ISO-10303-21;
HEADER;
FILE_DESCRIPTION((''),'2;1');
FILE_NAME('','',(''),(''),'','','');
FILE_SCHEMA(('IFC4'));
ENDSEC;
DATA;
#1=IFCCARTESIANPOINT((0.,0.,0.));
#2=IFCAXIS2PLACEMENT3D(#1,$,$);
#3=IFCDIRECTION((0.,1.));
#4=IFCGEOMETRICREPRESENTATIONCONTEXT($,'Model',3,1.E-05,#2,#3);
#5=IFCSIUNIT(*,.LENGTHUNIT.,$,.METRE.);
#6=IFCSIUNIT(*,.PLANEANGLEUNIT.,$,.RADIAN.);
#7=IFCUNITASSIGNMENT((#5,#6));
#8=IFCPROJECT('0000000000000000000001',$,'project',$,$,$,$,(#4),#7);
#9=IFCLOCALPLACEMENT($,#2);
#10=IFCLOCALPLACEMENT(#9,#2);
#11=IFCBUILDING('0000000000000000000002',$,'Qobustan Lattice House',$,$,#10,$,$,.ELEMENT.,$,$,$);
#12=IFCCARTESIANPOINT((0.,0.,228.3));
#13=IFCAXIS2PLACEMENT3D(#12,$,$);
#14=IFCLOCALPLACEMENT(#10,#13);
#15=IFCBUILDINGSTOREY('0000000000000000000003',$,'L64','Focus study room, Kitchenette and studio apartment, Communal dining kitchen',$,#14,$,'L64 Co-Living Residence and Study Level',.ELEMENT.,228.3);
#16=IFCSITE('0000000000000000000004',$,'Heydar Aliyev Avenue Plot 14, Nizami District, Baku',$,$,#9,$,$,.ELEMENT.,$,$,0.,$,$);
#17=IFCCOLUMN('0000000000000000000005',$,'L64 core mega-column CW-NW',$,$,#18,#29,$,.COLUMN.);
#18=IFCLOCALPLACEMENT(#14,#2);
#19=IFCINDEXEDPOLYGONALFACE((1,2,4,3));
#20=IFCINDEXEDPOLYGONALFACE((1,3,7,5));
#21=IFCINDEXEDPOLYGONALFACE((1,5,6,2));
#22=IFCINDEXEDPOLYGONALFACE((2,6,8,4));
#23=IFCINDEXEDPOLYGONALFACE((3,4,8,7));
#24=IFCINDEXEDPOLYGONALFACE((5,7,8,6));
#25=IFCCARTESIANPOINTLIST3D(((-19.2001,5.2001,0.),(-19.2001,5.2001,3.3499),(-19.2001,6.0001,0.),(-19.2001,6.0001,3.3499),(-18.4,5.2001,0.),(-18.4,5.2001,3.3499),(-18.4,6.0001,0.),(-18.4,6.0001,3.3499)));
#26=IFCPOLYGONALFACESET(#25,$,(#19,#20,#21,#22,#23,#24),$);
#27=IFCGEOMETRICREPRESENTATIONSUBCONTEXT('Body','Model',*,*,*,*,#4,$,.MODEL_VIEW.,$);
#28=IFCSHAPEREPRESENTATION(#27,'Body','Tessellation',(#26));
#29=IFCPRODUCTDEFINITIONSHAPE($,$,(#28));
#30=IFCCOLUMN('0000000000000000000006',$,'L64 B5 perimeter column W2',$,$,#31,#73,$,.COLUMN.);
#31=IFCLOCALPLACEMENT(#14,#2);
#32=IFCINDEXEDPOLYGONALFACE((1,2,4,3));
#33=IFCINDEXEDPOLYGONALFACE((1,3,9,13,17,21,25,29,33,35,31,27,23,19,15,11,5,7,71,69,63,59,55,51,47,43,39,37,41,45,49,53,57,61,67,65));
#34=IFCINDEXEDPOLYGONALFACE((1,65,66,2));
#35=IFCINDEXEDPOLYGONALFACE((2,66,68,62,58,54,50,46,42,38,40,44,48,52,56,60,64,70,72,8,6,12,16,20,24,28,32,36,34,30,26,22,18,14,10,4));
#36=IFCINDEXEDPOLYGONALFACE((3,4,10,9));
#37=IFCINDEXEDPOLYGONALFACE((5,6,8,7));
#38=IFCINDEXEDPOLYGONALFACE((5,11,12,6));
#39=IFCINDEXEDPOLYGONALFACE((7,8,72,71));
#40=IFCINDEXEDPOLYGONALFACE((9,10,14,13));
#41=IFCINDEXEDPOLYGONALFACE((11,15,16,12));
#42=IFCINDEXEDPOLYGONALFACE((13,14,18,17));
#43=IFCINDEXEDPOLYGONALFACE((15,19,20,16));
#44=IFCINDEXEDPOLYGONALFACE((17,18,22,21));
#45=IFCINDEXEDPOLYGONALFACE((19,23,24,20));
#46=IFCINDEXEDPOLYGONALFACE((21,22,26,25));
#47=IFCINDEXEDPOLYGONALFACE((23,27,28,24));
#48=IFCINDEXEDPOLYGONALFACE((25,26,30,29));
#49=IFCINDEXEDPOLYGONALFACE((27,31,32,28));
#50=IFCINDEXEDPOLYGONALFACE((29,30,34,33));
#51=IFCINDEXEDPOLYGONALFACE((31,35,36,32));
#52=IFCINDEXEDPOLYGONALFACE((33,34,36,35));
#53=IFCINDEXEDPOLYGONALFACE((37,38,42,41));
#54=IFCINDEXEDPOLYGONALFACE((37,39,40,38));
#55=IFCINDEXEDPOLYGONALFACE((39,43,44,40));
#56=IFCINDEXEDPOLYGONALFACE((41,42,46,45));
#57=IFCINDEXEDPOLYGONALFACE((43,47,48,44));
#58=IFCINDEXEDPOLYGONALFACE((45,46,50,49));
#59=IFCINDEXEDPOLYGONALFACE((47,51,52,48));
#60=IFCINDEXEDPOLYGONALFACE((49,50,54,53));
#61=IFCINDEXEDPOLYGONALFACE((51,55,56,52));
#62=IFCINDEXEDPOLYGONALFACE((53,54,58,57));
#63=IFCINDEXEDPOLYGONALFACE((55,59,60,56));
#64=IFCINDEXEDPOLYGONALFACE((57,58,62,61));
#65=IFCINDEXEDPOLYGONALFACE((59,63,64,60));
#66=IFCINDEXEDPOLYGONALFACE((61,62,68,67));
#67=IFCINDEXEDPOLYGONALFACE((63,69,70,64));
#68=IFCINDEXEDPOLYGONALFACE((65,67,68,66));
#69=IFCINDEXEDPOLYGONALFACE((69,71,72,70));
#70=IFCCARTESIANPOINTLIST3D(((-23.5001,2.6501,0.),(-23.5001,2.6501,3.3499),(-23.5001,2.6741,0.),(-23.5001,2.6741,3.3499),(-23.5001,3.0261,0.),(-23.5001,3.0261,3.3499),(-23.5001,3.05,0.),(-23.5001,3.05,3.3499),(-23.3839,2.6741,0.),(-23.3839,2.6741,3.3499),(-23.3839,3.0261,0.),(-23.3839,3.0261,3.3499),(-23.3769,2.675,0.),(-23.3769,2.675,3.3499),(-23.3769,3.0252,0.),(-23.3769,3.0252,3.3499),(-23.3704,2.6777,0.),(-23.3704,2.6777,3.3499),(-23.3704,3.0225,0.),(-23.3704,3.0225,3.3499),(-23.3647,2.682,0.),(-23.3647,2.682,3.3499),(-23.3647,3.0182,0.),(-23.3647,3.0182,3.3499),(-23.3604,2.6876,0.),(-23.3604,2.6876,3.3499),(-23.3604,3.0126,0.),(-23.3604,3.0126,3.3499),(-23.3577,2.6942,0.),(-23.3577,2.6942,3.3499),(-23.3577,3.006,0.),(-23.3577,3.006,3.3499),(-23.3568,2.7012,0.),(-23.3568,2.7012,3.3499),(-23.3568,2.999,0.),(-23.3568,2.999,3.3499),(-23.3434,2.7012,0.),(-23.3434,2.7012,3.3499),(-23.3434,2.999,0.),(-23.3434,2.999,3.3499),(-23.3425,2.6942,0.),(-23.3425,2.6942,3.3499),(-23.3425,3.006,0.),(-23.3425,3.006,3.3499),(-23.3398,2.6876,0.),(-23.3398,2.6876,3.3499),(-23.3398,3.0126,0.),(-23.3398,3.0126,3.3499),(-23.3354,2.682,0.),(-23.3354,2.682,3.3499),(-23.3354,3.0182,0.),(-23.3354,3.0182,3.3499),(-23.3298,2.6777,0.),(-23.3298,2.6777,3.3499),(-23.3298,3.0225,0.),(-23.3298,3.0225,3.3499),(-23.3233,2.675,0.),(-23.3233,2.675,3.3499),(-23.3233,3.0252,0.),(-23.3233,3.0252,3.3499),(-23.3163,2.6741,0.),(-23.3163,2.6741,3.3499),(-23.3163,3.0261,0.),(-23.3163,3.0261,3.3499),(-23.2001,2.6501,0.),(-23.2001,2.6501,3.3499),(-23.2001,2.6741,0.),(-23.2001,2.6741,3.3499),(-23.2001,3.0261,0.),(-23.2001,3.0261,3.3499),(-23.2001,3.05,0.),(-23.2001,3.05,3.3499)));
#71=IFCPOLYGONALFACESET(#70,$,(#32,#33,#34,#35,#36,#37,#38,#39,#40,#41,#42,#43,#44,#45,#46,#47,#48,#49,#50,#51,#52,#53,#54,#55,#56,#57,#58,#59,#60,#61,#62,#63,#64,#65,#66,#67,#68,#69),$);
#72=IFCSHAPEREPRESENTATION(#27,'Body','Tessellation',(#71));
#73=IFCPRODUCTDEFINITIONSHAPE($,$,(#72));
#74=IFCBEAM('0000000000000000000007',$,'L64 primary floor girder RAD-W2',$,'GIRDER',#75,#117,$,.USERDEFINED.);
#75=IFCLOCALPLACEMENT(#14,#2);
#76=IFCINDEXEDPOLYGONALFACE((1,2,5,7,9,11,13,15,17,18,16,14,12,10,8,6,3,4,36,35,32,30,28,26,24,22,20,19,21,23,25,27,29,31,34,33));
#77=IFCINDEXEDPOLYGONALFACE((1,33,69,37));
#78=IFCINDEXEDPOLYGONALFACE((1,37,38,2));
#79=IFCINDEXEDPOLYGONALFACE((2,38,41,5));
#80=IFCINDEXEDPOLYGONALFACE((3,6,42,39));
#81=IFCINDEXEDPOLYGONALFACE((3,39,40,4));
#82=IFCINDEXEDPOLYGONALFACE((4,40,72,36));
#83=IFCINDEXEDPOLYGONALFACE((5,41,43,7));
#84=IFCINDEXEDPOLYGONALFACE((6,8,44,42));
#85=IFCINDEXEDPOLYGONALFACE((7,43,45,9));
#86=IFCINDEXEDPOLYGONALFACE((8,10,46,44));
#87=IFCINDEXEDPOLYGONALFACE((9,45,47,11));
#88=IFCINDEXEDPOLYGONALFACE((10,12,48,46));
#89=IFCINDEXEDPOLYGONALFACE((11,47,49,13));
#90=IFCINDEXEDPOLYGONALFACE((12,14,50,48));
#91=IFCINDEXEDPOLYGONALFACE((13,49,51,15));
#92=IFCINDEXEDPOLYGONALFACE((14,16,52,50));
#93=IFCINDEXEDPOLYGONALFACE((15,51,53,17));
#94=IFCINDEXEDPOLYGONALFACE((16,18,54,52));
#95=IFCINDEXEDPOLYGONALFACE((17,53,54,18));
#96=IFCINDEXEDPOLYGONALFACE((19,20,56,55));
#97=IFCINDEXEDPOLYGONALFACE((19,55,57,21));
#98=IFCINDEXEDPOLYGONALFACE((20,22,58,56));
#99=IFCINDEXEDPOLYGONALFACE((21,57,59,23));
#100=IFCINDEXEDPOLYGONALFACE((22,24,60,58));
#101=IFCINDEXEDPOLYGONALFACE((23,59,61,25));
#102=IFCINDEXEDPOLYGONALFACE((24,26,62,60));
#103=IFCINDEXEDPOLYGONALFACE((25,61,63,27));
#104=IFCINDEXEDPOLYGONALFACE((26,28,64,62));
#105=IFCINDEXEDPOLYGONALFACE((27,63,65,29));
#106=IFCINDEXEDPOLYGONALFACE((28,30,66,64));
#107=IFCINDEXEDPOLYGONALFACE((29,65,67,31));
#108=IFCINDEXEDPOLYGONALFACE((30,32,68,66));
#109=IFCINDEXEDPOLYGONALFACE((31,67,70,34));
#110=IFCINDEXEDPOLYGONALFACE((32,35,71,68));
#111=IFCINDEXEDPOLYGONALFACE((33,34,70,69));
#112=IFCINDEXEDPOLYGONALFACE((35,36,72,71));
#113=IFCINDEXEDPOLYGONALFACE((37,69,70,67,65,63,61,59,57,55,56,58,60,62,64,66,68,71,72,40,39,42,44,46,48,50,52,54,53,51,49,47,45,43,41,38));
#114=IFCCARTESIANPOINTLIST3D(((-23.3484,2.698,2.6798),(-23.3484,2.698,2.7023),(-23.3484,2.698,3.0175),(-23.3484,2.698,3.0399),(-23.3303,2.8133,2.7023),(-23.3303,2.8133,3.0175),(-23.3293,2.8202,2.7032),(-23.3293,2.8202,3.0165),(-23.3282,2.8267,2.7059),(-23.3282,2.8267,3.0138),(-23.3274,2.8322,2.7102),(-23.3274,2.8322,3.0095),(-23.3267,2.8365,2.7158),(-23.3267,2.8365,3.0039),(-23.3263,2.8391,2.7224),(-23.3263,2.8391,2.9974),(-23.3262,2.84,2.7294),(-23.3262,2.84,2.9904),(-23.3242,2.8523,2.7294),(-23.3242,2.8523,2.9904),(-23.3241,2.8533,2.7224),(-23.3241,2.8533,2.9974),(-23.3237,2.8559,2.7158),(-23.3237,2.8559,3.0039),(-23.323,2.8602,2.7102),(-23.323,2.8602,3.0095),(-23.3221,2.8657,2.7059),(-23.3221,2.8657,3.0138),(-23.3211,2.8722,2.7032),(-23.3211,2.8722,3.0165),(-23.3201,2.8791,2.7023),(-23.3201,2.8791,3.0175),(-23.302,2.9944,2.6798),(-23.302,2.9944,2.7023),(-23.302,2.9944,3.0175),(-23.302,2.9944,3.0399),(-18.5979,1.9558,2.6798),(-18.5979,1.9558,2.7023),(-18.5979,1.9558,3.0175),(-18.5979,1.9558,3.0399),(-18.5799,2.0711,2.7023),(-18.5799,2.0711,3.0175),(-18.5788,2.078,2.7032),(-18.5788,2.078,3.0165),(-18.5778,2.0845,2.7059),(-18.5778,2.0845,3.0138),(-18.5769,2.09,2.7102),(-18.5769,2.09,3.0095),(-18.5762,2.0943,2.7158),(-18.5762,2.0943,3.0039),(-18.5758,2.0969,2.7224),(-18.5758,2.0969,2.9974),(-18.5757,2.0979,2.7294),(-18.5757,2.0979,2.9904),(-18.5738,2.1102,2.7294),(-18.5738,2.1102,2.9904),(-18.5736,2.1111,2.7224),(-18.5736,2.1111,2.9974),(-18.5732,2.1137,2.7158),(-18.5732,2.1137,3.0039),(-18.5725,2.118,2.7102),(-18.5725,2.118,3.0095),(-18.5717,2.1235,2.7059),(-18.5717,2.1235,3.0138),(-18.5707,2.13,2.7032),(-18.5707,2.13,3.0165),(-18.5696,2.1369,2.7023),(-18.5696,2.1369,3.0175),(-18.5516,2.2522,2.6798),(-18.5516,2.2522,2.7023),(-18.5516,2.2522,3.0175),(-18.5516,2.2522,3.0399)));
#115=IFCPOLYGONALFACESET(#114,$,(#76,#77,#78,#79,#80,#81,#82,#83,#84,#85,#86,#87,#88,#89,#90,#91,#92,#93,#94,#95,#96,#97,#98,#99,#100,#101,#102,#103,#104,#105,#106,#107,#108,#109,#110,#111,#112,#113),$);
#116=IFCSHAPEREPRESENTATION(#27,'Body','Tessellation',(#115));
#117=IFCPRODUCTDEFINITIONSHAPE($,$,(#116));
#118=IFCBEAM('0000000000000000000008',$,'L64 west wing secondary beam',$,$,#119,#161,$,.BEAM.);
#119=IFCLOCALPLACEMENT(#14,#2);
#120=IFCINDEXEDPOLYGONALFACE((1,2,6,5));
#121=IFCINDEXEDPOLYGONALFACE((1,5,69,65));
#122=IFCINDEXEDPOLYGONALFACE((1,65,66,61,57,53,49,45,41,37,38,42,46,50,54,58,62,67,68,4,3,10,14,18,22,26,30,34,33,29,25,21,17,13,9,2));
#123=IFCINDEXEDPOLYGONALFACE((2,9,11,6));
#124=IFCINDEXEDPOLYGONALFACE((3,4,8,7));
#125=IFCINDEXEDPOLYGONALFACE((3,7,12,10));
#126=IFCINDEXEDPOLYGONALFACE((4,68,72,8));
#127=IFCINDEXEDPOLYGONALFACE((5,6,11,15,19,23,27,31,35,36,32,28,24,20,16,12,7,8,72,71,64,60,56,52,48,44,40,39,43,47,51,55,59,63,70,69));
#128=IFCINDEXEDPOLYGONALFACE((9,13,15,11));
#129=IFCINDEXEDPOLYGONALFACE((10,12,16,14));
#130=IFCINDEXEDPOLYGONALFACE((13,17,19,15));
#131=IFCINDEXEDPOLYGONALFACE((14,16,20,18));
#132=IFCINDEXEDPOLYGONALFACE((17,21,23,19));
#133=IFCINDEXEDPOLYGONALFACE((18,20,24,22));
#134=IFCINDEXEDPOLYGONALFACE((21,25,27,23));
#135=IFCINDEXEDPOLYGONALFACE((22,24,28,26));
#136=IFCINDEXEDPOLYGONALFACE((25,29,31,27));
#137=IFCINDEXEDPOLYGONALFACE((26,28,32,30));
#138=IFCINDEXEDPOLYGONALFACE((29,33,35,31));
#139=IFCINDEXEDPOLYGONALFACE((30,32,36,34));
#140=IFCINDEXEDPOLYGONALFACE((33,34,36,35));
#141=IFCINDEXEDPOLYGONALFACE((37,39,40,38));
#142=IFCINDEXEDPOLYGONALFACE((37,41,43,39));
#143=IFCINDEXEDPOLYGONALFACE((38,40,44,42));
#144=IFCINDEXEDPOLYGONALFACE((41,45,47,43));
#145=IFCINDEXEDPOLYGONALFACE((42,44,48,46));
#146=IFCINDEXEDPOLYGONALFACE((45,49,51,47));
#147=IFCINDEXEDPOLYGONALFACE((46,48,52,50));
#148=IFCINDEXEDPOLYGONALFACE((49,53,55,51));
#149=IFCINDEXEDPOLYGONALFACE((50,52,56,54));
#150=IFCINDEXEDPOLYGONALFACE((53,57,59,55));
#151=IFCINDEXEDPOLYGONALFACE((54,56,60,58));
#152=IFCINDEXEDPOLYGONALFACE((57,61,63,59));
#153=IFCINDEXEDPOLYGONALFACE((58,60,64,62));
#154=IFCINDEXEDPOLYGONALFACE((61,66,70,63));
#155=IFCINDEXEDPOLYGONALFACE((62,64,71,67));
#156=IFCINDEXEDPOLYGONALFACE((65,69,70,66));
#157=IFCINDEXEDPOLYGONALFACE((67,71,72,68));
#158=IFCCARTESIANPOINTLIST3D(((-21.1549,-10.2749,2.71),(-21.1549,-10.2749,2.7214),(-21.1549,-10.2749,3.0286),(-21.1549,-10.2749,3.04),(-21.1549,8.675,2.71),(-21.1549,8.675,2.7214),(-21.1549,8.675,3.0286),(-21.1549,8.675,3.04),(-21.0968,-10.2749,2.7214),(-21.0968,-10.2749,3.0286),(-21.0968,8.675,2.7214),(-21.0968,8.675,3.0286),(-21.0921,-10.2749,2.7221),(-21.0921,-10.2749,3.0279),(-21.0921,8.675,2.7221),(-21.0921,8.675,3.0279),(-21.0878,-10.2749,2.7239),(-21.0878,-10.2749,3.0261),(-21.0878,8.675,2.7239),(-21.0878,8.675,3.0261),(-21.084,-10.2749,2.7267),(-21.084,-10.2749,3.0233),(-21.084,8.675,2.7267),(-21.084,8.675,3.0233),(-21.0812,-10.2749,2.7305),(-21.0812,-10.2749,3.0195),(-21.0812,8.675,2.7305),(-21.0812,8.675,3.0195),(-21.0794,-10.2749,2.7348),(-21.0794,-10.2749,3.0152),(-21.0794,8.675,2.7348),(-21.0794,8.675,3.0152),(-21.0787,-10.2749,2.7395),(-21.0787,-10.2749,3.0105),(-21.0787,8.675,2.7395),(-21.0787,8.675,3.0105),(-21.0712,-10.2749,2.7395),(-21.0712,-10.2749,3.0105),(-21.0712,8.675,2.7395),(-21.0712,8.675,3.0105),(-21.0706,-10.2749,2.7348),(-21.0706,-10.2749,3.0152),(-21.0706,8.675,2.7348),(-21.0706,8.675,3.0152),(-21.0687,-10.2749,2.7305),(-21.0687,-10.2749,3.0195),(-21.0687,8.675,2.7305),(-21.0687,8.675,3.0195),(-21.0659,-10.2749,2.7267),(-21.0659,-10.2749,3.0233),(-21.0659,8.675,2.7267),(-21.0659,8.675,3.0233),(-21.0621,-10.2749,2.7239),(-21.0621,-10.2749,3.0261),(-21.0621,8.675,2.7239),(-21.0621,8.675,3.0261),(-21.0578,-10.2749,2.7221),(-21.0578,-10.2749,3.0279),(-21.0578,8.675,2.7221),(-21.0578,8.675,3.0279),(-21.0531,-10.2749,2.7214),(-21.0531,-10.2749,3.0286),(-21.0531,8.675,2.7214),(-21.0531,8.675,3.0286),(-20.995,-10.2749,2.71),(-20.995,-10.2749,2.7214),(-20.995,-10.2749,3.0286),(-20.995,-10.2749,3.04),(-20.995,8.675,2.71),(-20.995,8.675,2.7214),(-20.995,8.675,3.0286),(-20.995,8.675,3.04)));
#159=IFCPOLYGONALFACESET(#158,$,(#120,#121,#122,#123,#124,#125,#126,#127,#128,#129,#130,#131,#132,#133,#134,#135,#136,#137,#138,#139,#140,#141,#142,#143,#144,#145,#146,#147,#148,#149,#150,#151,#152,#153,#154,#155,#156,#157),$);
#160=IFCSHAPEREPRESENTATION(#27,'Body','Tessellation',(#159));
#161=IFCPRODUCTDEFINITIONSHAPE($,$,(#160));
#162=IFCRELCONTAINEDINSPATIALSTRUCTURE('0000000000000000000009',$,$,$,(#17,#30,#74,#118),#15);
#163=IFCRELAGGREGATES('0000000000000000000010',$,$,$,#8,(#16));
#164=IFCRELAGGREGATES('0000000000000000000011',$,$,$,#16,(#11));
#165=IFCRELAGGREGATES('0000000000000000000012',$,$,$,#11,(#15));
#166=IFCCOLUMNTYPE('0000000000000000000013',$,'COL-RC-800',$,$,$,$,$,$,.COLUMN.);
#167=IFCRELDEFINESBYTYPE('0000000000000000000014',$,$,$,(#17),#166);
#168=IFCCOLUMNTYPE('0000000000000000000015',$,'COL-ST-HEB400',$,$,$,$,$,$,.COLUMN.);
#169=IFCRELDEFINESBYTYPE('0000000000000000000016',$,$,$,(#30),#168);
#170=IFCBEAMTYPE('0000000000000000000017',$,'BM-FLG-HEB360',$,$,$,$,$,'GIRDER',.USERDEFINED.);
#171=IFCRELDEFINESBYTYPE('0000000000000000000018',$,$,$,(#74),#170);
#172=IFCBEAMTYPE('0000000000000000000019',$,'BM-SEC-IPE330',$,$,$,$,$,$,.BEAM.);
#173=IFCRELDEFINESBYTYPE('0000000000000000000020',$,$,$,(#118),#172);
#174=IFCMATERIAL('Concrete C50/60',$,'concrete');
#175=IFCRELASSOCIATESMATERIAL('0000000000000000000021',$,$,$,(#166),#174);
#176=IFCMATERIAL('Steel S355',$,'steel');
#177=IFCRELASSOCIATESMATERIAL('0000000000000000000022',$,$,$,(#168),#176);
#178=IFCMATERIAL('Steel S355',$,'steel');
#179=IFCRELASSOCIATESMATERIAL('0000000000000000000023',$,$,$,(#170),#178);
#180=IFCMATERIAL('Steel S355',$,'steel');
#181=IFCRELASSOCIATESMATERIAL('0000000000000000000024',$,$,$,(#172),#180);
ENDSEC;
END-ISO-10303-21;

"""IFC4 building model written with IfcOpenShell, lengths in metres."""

from ifc_helpers import new_model, si_unit, direction, frame, origin, origin_2d, place, context, subcontext, project, spatial, rectangle, i_section, extrude, material, material_profile, profile_set, type_object, element, save


model = new_model("IFC4")

# Units and contexts
model_context = context("Model", 3, precision=1e-05, world=origin(), true_north=direction((0.0, 1.0)))
body_context = subcontext(model_context, "Body", "Model", "MODEL_VIEW")
ifc_project = project(units=[si_unit("LENGTHUNIT", "METRE"), si_unit("PLANEANGLEUNIT", "RADIAN")], contexts=[model_context])

# Site, building, storey
site_placement = place(None, origin())
site = spatial("IfcSite", under=ifc_project, at=site_placement, Name="Heydar Aliyev Avenue Plot 14, Nizami District, Baku", CompositionType="ELEMENT", RefElevation=0.0)
building_placement = place(site_placement, origin())
building = spatial("IfcBuilding", under=site, at=building_placement, Name="Qobustan Lattice House", CompositionType="ELEMENT")
storey_placement = place(building_placement, frame((0.0, 0.0, 228.3)))
storey = spatial("IfcBuildingStorey", under=building, at=storey_placement, Name="L64", Description="Focus study room, Kitchenette and studio apartment, Communal dining kitchen", LongName="L64 Co-Living Residence and Study Level", CompositionType="ELEMENT", Elevation=228.3)

# Columns
ifc_material_1 = material(Name="Concrete C50/60", Category="concrete")
ifc_material_profile_1 = material_profile(ifc_material_1, rectangle(XDim=0.8, YDim=0.8, at=origin_2d()), Name="RC800x800")
ifc_profile_set_1 = profile_set([ifc_material_profile_1], Name="Concrete C50/60")
column_type_1 = type_object("IfcColumnType", Name="COL-RC-800", PredefinedType="COLUMN", material=ifc_profile_set_1)
column_1_placement = place(storey_placement, frame((-18.8, 5.6001, 0.0), z_axis=(0.0, 0.0, 1.0), x_axis=(1.0, 0.0, 0.0)))
element("IfcColumn", 1, at=column_1_placement, inside=storey, type_object=column_type_1, Name="L64 core mega-column CW-NW", PredefinedType="COLUMN", context=body_context, shape_type="SweptSolid", body=[
    extrude(rectangle(XDim=0.8, YDim=0.8, at=origin_2d()), origin(), (0.0, 0.0, 1.0), 3.3499),
])
ifc_material_2 = material(Name="Steel S355", Category="steel")
ifc_material_profile_2 = material_profile(ifc_material_2, i_section(OverallWidth=0.3, OverallDepth=0.3999, WebThickness=0.0134, FlangeThickness=0.0239, FilletRadius=0.0271, at=origin_2d()), Name="HEB400")
ifc_profile_set_2 = profile_set([ifc_material_profile_2], Name="Steel S355")
column_type_2 = type_object("IfcColumnType", Name="COL-ST-HEB400", PredefinedType="COLUMN", material=ifc_profile_set_2)
column_2_placement = place(storey_placement, frame((-23.3501, 2.8501, 0.0), z_axis=(0.0, 0.0, 1.0), x_axis=(1.0, 0.0, 0.0)))
element("IfcColumn", 2, at=column_2_placement, inside=storey, type_object=column_type_2, Name="L64 B5 perimeter column W2", PredefinedType="COLUMN", context=body_context, shape_type="SweptSolid", body=[
    extrude(i_section(OverallWidth=0.3, OverallDepth=0.3999, WebThickness=0.0134, FlangeThickness=0.0239, FilletRadius=0.0271, at=origin_2d()), origin(), (0.0, 0.0, 1.0), 3.3499),
])

# Beams
ifc_material_3 = material(Name="Steel S355", Category="steel")
ifc_material_profile_3 = material_profile(ifc_material_3, i_section(OverallWidth=0.3, OverallDepth=0.3601, WebThickness=0.0125, FlangeThickness=0.0225, FilletRadius=0.0271, at=origin_2d()), Name="HEB360")
ifc_profile_set_3 = profile_set([ifc_material_profile_3], Name="Steel S355")
beam_type_1 = type_object("IfcBeamType", Name="BM-FLG-HEB360", ElementType="GIRDER", PredefinedType="USERDEFINED", material=ifc_profile_set_3)
beam_1_placement = place(storey_placement, frame((-23.3252, 2.8462, 2.8599), z_axis=(0.988014, -0.154361, 0.0), x_axis=(0.154361, 0.988014, 0.0)))
element("IfcBeam", 3, at=beam_1_placement, inside=storey, type_object=beam_type_1, Name="L64 primary floor girder RAD-W2", ObjectType="GIRDER", PredefinedType="USERDEFINED", context=body_context, shape_type="SweptSolid", body=[
    extrude(i_section(OverallWidth=0.3, OverallDepth=0.3601, WebThickness=0.0125, FlangeThickness=0.0225, FilletRadius=0.0271, at=origin_2d()), origin(), (0.0, 0.0, 1.0), 4.8081),
])
ifc_material_4 = material(Name="Steel S355", Category="steel")
ifc_material_profile_4 = material_profile(ifc_material_4, i_section(OverallWidth=0.1599, OverallDepth=0.3301, WebThickness=0.0076, FlangeThickness=0.0115, FilletRadius=0.0181, at=origin_2d()), Name="IPE330")
ifc_profile_set_4 = profile_set([ifc_material_profile_4], Name="Steel S355")
beam_type_2 = type_object("IfcBeamType", Name="BM-SEC-IPE330", PredefinedType="BEAM", material=ifc_profile_set_4)
beam_2_placement = place(storey_placement, frame((-21.075, 8.675, 2.875), z_axis=(0.0, -1.0, 0.0), x_axis=(1.0, 0.0, 0.0)))
element("IfcBeam", 4, at=beam_2_placement, inside=storey, type_object=beam_type_2, Name="L64 west wing secondary beam", PredefinedType="BEAM", context=body_context, shape_type="SweptSolid", body=[
    extrude(i_section(OverallWidth=0.1599, OverallDepth=0.3301, WebThickness=0.0076, FlangeThickness=0.0115, FilletRadius=0.0181, at=origin_2d()), origin(), (0.0, 0.0, 1.0), 18.95),
])

save(model, "model.ifc")
